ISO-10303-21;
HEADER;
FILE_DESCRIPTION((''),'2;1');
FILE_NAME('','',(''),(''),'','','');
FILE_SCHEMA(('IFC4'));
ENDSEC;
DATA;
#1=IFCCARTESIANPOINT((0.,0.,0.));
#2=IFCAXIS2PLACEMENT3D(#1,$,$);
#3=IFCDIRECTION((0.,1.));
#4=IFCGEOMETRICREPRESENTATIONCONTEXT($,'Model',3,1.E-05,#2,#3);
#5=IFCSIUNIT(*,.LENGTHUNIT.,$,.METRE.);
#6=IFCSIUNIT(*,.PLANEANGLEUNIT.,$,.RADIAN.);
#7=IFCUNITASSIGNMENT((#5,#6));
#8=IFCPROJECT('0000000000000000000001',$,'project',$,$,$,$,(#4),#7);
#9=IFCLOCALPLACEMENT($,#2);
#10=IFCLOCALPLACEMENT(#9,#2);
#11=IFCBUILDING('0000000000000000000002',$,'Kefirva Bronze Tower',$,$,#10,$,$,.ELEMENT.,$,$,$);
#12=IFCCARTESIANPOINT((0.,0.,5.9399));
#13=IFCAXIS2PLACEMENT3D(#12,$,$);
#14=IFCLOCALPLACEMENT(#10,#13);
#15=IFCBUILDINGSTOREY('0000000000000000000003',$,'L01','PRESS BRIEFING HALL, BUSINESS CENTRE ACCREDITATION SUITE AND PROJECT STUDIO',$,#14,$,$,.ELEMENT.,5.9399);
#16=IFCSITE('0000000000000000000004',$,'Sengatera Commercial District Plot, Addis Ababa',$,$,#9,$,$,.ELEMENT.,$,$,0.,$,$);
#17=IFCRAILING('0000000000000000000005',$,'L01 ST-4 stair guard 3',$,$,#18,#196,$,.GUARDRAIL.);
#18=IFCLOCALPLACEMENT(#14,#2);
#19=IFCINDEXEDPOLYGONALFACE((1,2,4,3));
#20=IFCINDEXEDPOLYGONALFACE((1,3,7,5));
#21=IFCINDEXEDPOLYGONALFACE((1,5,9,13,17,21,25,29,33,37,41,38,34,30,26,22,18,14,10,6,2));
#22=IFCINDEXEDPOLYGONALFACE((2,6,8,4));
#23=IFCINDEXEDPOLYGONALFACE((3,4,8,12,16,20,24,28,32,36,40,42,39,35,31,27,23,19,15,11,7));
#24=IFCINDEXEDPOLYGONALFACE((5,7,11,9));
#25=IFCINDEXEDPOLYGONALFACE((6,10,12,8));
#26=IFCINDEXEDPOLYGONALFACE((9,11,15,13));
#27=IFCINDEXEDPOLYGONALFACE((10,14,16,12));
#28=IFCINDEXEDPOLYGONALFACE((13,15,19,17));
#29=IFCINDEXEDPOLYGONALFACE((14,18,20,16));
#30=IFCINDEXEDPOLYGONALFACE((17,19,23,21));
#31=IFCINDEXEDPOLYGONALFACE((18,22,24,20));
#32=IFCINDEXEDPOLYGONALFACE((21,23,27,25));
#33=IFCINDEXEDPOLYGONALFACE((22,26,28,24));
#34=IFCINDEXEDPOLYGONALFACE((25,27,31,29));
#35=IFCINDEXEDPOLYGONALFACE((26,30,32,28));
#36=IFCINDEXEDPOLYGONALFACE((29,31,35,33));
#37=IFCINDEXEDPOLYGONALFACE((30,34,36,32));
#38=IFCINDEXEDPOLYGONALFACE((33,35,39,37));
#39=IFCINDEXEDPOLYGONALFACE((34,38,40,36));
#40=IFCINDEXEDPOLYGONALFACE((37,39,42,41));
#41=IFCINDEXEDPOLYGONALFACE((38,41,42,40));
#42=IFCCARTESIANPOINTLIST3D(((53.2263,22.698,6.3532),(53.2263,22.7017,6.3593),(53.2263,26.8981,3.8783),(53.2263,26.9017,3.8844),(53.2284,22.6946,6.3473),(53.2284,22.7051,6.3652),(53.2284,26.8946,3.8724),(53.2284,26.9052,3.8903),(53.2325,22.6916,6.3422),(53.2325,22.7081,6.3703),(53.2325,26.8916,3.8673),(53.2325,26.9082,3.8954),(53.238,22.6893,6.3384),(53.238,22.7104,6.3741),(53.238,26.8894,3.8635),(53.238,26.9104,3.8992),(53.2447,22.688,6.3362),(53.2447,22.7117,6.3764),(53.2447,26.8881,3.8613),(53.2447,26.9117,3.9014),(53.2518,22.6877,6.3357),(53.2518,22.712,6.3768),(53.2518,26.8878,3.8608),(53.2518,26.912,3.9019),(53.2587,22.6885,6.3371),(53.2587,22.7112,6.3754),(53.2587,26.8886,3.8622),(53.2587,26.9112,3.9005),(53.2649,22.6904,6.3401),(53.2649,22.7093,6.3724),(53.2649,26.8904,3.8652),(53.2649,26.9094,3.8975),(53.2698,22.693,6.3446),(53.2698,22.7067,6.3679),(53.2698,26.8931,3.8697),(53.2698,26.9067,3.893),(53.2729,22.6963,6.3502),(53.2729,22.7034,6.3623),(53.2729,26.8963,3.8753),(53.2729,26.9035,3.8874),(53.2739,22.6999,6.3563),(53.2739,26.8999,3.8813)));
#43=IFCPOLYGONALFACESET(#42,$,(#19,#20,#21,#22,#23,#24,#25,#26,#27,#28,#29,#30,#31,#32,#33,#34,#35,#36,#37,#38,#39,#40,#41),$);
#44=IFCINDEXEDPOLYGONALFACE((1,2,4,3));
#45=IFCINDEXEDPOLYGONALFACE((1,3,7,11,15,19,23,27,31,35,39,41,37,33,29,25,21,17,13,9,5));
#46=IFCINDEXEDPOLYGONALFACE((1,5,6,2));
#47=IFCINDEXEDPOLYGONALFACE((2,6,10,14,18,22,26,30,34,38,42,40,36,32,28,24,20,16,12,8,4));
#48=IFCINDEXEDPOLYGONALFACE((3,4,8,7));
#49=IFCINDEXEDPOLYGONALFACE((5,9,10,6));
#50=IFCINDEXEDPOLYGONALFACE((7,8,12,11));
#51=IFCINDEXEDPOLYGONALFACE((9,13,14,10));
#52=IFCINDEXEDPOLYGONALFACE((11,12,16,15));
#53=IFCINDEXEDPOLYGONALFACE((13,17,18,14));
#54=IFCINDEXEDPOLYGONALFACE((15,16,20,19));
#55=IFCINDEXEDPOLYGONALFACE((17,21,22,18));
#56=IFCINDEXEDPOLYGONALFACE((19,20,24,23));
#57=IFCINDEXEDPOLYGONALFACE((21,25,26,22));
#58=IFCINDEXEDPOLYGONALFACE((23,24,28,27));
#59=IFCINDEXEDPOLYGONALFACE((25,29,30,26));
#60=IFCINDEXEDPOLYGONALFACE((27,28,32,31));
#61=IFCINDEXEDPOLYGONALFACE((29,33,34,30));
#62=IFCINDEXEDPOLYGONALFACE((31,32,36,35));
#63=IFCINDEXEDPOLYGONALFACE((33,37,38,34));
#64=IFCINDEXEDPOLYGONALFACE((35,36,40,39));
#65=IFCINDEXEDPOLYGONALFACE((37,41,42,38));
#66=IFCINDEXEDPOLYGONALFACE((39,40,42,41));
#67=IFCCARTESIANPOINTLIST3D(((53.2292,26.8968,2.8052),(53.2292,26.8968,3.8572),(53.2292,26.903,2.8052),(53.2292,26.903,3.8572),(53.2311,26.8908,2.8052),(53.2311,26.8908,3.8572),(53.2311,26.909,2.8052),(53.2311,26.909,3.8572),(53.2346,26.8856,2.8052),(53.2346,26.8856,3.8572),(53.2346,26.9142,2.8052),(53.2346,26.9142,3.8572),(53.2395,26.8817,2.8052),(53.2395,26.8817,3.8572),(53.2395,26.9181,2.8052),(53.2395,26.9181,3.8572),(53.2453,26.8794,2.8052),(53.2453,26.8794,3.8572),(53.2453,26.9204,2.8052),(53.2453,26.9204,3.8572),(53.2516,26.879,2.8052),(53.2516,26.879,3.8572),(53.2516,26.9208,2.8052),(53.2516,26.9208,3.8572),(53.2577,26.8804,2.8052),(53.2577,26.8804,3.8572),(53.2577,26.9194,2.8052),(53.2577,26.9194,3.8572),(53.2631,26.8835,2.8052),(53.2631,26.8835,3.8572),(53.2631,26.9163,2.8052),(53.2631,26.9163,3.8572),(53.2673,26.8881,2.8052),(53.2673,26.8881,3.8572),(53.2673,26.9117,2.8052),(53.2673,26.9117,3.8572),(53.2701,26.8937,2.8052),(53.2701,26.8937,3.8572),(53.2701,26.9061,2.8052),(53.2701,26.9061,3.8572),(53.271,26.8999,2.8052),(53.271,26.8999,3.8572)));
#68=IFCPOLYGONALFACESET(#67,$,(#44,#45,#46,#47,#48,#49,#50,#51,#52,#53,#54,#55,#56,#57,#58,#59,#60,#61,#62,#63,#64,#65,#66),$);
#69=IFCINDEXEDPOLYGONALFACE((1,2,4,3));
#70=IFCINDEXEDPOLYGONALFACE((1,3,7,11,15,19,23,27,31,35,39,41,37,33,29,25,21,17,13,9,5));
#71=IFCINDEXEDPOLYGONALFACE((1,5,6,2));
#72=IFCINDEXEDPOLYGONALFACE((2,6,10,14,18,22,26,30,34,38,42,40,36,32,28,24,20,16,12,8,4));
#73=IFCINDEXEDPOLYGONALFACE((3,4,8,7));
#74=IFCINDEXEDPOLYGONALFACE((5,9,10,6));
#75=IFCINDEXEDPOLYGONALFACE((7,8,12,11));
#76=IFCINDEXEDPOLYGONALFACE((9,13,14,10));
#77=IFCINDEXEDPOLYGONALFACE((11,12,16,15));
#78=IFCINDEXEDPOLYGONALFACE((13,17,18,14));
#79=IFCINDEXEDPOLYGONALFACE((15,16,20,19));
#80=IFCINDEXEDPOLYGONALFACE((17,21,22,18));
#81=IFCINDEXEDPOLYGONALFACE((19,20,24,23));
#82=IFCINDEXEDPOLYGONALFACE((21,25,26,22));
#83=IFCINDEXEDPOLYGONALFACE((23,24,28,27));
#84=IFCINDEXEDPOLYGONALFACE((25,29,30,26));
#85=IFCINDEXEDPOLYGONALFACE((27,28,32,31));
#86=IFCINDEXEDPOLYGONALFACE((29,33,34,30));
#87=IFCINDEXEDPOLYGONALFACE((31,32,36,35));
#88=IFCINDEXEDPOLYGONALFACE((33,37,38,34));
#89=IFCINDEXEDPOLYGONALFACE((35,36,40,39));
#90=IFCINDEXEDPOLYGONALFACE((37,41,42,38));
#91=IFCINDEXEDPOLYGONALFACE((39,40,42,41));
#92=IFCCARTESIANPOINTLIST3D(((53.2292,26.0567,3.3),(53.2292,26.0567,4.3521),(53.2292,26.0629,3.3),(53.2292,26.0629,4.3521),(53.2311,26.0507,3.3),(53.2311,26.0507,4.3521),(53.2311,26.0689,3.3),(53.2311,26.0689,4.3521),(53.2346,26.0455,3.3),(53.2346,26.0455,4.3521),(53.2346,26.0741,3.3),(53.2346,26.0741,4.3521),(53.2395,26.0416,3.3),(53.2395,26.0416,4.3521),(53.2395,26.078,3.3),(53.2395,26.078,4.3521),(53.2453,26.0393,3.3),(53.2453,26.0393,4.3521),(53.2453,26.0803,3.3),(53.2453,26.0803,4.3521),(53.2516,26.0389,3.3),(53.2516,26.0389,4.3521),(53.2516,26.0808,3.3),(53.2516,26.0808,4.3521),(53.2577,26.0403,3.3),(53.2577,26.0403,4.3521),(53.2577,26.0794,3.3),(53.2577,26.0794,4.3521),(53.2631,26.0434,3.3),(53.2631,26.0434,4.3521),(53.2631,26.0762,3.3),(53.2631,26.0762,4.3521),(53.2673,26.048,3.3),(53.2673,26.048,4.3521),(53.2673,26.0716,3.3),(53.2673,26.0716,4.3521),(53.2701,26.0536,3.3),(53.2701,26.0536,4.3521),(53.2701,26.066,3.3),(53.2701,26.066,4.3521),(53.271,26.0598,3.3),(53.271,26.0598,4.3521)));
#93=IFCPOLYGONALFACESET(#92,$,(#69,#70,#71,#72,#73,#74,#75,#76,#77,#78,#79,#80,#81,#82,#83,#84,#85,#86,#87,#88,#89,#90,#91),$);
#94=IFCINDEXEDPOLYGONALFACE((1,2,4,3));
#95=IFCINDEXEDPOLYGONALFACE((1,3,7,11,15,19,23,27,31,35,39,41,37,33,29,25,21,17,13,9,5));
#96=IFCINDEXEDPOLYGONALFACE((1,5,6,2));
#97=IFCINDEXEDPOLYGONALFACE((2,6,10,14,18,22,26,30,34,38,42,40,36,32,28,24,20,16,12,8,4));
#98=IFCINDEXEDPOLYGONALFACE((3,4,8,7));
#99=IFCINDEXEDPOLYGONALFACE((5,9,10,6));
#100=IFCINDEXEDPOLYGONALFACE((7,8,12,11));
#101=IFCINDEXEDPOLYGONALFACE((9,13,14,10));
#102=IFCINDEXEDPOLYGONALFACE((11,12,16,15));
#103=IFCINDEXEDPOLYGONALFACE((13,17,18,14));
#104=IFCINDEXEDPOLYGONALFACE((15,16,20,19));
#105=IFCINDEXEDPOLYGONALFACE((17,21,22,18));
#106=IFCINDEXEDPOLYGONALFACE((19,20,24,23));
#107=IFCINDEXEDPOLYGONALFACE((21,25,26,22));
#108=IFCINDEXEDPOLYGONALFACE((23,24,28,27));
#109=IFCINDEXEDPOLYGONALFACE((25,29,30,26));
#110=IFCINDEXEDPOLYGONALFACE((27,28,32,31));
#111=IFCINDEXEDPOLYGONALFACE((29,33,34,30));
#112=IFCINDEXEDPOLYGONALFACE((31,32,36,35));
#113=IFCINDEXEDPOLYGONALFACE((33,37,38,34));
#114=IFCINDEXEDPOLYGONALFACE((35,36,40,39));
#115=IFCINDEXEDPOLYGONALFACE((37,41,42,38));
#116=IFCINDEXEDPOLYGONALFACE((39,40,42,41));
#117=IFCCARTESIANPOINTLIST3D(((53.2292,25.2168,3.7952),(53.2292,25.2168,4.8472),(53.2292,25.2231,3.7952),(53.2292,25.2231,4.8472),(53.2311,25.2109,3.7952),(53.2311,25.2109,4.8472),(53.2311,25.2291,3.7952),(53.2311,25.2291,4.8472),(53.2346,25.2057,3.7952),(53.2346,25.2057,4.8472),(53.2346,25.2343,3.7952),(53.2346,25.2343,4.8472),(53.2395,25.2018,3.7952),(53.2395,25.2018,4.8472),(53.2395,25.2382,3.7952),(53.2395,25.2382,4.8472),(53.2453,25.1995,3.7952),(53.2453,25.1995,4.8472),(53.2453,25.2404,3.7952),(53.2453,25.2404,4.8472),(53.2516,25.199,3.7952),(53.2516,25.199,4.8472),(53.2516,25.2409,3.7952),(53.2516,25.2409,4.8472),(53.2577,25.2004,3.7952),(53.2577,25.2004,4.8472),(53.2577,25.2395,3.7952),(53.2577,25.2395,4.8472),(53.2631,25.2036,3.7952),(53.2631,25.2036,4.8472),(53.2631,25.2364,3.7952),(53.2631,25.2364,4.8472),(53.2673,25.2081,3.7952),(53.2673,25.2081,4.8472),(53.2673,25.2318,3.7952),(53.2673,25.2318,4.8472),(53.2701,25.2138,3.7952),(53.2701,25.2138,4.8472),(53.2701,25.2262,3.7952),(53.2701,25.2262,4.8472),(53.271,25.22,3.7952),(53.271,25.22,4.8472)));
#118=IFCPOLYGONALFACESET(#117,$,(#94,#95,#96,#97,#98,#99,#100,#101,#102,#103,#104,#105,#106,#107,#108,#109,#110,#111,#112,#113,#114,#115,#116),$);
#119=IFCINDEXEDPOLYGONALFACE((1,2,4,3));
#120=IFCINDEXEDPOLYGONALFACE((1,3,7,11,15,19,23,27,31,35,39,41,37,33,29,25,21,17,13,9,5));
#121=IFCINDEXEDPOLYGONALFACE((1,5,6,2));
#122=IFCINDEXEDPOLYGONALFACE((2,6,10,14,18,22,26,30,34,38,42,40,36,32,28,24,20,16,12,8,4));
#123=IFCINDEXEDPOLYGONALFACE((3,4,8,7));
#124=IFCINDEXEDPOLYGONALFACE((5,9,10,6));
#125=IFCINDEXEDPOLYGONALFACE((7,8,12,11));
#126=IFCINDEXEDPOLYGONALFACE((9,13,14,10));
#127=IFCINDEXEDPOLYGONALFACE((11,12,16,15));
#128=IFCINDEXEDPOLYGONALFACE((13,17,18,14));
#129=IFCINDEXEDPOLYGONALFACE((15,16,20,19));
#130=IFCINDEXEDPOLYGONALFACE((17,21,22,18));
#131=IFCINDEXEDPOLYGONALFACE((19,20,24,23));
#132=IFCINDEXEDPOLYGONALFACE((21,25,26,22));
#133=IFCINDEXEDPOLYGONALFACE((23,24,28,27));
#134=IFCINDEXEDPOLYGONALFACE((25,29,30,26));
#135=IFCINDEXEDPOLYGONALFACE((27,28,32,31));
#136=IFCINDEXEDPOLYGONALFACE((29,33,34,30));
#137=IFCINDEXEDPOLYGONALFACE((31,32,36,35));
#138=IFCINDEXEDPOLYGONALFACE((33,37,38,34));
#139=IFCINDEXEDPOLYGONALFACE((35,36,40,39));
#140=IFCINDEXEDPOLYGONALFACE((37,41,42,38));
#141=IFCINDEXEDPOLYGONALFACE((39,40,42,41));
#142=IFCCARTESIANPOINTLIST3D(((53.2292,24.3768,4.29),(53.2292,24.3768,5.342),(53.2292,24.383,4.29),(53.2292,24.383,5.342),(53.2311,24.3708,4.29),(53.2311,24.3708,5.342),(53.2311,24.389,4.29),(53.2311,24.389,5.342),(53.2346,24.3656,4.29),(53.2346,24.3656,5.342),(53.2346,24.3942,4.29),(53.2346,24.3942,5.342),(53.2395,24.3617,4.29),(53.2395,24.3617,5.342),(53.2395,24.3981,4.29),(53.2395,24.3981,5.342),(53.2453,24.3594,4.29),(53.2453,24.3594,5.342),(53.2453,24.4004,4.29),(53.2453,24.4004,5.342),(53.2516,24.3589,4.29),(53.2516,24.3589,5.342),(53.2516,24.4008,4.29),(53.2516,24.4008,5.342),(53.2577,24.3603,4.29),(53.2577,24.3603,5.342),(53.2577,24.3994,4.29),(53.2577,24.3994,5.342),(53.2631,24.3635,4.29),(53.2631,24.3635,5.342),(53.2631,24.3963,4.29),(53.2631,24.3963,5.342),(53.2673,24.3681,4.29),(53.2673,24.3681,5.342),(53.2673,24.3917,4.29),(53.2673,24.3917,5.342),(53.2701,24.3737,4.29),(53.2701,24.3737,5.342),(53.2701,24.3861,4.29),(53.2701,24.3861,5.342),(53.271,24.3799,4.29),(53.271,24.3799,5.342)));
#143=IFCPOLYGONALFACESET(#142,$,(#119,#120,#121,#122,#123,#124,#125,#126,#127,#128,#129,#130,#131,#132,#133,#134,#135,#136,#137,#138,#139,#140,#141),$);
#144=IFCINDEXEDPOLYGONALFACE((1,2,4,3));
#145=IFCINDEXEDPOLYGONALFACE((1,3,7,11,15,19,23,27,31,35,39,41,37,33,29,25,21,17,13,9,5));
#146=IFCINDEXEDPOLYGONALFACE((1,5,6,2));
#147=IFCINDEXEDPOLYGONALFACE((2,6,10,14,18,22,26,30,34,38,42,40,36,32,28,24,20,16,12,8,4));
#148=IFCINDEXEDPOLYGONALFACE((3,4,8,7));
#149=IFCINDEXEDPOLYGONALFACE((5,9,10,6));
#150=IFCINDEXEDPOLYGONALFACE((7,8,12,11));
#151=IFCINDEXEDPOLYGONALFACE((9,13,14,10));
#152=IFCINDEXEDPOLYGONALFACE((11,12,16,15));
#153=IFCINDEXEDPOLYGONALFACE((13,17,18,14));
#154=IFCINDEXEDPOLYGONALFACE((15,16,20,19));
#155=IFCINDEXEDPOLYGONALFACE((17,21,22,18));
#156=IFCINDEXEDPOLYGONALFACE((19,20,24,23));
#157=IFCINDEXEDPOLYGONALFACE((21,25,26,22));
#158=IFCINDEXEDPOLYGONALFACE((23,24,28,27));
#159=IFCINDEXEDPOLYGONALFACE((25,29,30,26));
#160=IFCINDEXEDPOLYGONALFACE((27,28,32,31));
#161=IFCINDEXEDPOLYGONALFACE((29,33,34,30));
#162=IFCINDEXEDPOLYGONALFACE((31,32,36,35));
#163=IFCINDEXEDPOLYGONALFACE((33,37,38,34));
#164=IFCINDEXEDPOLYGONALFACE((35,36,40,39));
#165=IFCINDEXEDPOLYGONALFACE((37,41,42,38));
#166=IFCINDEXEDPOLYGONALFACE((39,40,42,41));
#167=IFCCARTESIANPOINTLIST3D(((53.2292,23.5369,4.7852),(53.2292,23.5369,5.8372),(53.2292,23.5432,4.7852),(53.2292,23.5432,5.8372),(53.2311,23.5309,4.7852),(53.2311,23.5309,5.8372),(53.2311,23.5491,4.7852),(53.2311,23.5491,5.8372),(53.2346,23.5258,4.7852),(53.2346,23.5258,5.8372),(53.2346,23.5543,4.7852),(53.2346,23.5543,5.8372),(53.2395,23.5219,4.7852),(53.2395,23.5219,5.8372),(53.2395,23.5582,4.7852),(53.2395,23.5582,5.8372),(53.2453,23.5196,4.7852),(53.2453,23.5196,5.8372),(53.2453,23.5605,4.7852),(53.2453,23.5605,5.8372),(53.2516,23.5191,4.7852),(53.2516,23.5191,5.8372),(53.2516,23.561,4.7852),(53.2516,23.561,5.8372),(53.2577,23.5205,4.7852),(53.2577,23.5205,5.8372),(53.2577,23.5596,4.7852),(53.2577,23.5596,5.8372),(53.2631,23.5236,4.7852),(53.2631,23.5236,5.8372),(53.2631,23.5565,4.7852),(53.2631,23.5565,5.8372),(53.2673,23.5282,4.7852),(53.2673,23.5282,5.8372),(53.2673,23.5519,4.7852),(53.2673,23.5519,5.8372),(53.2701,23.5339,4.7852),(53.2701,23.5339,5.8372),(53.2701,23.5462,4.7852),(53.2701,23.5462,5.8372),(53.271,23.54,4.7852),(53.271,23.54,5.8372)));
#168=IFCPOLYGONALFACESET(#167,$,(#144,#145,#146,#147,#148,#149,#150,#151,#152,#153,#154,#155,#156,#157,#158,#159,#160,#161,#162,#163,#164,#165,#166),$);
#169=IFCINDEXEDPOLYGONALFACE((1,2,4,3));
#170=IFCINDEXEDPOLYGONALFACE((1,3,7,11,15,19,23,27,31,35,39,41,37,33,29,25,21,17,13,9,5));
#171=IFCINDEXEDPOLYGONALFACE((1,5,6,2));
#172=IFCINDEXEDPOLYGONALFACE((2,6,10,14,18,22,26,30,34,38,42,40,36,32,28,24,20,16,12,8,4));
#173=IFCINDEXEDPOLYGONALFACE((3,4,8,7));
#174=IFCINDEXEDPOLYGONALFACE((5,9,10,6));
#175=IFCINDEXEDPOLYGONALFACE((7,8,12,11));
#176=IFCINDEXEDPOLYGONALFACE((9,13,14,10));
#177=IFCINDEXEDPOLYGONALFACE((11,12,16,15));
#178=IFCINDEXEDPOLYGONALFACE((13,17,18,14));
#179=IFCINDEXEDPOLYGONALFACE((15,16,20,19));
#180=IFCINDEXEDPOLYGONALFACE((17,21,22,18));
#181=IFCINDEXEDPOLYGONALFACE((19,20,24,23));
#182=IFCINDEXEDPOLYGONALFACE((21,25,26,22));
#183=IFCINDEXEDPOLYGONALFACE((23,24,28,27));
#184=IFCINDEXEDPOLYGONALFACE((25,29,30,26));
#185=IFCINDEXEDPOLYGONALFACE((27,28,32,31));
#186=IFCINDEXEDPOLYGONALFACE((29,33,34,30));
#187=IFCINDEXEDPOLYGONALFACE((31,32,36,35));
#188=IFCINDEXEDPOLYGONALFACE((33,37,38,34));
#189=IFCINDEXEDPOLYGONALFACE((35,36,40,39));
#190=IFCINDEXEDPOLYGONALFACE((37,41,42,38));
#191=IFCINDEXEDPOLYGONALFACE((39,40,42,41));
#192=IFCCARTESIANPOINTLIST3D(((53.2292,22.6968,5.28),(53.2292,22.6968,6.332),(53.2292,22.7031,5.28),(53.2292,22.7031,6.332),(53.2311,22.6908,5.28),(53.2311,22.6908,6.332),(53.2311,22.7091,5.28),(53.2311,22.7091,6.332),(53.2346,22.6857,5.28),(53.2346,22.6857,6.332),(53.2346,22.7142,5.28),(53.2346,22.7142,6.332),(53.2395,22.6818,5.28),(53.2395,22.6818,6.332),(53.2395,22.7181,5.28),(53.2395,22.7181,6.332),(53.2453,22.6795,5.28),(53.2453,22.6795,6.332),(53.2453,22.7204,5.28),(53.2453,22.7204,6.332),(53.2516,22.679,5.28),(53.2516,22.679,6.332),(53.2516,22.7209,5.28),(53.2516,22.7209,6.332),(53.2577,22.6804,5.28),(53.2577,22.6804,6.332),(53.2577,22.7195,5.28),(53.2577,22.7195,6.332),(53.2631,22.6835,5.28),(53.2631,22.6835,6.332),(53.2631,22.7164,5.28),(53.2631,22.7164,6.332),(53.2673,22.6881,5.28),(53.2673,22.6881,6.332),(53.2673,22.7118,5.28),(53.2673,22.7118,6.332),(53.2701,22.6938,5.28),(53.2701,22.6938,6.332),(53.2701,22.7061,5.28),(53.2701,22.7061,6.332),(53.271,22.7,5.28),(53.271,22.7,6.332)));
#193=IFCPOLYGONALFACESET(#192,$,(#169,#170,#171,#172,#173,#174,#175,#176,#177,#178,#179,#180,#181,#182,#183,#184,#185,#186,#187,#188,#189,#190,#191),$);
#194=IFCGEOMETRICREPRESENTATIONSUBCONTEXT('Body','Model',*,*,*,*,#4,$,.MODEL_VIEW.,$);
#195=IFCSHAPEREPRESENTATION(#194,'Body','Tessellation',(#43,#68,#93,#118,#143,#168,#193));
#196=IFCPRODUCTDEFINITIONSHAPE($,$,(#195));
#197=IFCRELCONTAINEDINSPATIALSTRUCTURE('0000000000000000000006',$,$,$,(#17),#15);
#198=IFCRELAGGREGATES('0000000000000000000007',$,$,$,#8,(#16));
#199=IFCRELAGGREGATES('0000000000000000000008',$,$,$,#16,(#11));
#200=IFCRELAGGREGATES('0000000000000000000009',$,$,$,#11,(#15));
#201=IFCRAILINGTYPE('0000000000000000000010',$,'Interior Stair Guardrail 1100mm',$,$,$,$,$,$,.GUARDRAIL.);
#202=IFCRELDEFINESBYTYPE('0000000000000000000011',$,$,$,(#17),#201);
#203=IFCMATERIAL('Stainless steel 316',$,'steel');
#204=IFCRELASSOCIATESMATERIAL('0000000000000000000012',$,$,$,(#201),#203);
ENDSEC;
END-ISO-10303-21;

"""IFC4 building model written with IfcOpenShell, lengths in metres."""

from ifc_helpers import new_model, si_unit, direction, frame, origin, origin_2d, place, context, subcontext, project, spatial, circle, extrude, material, type_object, element, save


model = new_model("IFC4")

# Units and contexts
model_context = context("Model", 3, precision=1e-05, world=origin(), true_north=direction((0.0, 1.0)))
body_context = subcontext(model_context, "Body", "Model", "MODEL_VIEW")
ifc_project = project(units=[si_unit("LENGTHUNIT", "METRE"), si_unit("PLANEANGLEUNIT", "RADIAN")], contexts=[model_context])

# Site, building, storey
site_placement = place(None, origin())
site = spatial("IfcSite", under=ifc_project, at=site_placement, Name="Sengatera Commercial District Plot, Addis Ababa", CompositionType="ELEMENT", RefElevation=0.0)
building_placement = place(site_placement, origin())
building = spatial("IfcBuilding", under=site, at=building_placement, Name="Kefirva Bronze Tower", CompositionType="ELEMENT")
storey_placement = place(building_placement, frame((0.0, 0.0, 5.9399)))
storey = spatial("IfcBuildingStorey", under=building, at=storey_placement, Name="L01", Description="PRESS BRIEFING HALL, BUSINESS CENTRE ACCREDITATION SUITE AND PROJECT STUDIO", CompositionType="ELEMENT", Elevation=5.9399)

# Railing
ifc_material_1 = material(Name="Stainless steel 316", Category="steel")
railing_type_1 = type_object("IfcRailingType", Name="Interior Stair Guardrail 1100mm", PredefinedType="GUARDRAIL", material=ifc_material_1)
railing_1_placement = place(storey_placement, frame((53.25, 26.8999, 2.8052)))
element("IfcRailing", 1, at=railing_1_placement, inside=storey, type_object=railing_type_1, Name="L01 ST-4 stair guard 3", PredefinedType="GUARDRAIL", context=body_context, shape_type="SweptSolid", body=[
    extrude(circle(Radius=0.0239, at=origin_2d()), frame((0.0, 0.0, 1.0762), z_axis=(0.0, -0.861549, 0.507674), x_axis=(1.0, 0.0, 0.0)), (0.0, 0.0, 1.0), 4.875),
    extrude(circle(Radius=0.021, at=origin_2d()), origin(), (0.0, 0.0, 1.0), 1.052),
    extrude(circle(Radius=0.021, at=origin_2d()), frame((0.0, -0.8401, 0.4949)), (0.0, 0.0, 1.0), 1.052),
    extrude(circle(Radius=0.021, at=origin_2d()), frame((0.0, -1.6799, 0.99)), (0.0, 0.0, 1.0), 1.052),
    extrude(circle(Radius=0.021, at=origin_2d()), frame((0.0, -2.52, 1.4849)), (0.0, 0.0, 1.0), 1.052),
    extrude(circle(Radius=0.021, at=origin_2d()), frame((0.0, -3.3599, 1.98)), (0.0, 0.0, 1.0), 1.052),
    extrude(circle(Radius=0.021, at=origin_2d()), frame((0.0, -4.2, 2.4749)), (0.0, 0.0, 1.0), 1.052),
])

save(model, "model.ifc")
